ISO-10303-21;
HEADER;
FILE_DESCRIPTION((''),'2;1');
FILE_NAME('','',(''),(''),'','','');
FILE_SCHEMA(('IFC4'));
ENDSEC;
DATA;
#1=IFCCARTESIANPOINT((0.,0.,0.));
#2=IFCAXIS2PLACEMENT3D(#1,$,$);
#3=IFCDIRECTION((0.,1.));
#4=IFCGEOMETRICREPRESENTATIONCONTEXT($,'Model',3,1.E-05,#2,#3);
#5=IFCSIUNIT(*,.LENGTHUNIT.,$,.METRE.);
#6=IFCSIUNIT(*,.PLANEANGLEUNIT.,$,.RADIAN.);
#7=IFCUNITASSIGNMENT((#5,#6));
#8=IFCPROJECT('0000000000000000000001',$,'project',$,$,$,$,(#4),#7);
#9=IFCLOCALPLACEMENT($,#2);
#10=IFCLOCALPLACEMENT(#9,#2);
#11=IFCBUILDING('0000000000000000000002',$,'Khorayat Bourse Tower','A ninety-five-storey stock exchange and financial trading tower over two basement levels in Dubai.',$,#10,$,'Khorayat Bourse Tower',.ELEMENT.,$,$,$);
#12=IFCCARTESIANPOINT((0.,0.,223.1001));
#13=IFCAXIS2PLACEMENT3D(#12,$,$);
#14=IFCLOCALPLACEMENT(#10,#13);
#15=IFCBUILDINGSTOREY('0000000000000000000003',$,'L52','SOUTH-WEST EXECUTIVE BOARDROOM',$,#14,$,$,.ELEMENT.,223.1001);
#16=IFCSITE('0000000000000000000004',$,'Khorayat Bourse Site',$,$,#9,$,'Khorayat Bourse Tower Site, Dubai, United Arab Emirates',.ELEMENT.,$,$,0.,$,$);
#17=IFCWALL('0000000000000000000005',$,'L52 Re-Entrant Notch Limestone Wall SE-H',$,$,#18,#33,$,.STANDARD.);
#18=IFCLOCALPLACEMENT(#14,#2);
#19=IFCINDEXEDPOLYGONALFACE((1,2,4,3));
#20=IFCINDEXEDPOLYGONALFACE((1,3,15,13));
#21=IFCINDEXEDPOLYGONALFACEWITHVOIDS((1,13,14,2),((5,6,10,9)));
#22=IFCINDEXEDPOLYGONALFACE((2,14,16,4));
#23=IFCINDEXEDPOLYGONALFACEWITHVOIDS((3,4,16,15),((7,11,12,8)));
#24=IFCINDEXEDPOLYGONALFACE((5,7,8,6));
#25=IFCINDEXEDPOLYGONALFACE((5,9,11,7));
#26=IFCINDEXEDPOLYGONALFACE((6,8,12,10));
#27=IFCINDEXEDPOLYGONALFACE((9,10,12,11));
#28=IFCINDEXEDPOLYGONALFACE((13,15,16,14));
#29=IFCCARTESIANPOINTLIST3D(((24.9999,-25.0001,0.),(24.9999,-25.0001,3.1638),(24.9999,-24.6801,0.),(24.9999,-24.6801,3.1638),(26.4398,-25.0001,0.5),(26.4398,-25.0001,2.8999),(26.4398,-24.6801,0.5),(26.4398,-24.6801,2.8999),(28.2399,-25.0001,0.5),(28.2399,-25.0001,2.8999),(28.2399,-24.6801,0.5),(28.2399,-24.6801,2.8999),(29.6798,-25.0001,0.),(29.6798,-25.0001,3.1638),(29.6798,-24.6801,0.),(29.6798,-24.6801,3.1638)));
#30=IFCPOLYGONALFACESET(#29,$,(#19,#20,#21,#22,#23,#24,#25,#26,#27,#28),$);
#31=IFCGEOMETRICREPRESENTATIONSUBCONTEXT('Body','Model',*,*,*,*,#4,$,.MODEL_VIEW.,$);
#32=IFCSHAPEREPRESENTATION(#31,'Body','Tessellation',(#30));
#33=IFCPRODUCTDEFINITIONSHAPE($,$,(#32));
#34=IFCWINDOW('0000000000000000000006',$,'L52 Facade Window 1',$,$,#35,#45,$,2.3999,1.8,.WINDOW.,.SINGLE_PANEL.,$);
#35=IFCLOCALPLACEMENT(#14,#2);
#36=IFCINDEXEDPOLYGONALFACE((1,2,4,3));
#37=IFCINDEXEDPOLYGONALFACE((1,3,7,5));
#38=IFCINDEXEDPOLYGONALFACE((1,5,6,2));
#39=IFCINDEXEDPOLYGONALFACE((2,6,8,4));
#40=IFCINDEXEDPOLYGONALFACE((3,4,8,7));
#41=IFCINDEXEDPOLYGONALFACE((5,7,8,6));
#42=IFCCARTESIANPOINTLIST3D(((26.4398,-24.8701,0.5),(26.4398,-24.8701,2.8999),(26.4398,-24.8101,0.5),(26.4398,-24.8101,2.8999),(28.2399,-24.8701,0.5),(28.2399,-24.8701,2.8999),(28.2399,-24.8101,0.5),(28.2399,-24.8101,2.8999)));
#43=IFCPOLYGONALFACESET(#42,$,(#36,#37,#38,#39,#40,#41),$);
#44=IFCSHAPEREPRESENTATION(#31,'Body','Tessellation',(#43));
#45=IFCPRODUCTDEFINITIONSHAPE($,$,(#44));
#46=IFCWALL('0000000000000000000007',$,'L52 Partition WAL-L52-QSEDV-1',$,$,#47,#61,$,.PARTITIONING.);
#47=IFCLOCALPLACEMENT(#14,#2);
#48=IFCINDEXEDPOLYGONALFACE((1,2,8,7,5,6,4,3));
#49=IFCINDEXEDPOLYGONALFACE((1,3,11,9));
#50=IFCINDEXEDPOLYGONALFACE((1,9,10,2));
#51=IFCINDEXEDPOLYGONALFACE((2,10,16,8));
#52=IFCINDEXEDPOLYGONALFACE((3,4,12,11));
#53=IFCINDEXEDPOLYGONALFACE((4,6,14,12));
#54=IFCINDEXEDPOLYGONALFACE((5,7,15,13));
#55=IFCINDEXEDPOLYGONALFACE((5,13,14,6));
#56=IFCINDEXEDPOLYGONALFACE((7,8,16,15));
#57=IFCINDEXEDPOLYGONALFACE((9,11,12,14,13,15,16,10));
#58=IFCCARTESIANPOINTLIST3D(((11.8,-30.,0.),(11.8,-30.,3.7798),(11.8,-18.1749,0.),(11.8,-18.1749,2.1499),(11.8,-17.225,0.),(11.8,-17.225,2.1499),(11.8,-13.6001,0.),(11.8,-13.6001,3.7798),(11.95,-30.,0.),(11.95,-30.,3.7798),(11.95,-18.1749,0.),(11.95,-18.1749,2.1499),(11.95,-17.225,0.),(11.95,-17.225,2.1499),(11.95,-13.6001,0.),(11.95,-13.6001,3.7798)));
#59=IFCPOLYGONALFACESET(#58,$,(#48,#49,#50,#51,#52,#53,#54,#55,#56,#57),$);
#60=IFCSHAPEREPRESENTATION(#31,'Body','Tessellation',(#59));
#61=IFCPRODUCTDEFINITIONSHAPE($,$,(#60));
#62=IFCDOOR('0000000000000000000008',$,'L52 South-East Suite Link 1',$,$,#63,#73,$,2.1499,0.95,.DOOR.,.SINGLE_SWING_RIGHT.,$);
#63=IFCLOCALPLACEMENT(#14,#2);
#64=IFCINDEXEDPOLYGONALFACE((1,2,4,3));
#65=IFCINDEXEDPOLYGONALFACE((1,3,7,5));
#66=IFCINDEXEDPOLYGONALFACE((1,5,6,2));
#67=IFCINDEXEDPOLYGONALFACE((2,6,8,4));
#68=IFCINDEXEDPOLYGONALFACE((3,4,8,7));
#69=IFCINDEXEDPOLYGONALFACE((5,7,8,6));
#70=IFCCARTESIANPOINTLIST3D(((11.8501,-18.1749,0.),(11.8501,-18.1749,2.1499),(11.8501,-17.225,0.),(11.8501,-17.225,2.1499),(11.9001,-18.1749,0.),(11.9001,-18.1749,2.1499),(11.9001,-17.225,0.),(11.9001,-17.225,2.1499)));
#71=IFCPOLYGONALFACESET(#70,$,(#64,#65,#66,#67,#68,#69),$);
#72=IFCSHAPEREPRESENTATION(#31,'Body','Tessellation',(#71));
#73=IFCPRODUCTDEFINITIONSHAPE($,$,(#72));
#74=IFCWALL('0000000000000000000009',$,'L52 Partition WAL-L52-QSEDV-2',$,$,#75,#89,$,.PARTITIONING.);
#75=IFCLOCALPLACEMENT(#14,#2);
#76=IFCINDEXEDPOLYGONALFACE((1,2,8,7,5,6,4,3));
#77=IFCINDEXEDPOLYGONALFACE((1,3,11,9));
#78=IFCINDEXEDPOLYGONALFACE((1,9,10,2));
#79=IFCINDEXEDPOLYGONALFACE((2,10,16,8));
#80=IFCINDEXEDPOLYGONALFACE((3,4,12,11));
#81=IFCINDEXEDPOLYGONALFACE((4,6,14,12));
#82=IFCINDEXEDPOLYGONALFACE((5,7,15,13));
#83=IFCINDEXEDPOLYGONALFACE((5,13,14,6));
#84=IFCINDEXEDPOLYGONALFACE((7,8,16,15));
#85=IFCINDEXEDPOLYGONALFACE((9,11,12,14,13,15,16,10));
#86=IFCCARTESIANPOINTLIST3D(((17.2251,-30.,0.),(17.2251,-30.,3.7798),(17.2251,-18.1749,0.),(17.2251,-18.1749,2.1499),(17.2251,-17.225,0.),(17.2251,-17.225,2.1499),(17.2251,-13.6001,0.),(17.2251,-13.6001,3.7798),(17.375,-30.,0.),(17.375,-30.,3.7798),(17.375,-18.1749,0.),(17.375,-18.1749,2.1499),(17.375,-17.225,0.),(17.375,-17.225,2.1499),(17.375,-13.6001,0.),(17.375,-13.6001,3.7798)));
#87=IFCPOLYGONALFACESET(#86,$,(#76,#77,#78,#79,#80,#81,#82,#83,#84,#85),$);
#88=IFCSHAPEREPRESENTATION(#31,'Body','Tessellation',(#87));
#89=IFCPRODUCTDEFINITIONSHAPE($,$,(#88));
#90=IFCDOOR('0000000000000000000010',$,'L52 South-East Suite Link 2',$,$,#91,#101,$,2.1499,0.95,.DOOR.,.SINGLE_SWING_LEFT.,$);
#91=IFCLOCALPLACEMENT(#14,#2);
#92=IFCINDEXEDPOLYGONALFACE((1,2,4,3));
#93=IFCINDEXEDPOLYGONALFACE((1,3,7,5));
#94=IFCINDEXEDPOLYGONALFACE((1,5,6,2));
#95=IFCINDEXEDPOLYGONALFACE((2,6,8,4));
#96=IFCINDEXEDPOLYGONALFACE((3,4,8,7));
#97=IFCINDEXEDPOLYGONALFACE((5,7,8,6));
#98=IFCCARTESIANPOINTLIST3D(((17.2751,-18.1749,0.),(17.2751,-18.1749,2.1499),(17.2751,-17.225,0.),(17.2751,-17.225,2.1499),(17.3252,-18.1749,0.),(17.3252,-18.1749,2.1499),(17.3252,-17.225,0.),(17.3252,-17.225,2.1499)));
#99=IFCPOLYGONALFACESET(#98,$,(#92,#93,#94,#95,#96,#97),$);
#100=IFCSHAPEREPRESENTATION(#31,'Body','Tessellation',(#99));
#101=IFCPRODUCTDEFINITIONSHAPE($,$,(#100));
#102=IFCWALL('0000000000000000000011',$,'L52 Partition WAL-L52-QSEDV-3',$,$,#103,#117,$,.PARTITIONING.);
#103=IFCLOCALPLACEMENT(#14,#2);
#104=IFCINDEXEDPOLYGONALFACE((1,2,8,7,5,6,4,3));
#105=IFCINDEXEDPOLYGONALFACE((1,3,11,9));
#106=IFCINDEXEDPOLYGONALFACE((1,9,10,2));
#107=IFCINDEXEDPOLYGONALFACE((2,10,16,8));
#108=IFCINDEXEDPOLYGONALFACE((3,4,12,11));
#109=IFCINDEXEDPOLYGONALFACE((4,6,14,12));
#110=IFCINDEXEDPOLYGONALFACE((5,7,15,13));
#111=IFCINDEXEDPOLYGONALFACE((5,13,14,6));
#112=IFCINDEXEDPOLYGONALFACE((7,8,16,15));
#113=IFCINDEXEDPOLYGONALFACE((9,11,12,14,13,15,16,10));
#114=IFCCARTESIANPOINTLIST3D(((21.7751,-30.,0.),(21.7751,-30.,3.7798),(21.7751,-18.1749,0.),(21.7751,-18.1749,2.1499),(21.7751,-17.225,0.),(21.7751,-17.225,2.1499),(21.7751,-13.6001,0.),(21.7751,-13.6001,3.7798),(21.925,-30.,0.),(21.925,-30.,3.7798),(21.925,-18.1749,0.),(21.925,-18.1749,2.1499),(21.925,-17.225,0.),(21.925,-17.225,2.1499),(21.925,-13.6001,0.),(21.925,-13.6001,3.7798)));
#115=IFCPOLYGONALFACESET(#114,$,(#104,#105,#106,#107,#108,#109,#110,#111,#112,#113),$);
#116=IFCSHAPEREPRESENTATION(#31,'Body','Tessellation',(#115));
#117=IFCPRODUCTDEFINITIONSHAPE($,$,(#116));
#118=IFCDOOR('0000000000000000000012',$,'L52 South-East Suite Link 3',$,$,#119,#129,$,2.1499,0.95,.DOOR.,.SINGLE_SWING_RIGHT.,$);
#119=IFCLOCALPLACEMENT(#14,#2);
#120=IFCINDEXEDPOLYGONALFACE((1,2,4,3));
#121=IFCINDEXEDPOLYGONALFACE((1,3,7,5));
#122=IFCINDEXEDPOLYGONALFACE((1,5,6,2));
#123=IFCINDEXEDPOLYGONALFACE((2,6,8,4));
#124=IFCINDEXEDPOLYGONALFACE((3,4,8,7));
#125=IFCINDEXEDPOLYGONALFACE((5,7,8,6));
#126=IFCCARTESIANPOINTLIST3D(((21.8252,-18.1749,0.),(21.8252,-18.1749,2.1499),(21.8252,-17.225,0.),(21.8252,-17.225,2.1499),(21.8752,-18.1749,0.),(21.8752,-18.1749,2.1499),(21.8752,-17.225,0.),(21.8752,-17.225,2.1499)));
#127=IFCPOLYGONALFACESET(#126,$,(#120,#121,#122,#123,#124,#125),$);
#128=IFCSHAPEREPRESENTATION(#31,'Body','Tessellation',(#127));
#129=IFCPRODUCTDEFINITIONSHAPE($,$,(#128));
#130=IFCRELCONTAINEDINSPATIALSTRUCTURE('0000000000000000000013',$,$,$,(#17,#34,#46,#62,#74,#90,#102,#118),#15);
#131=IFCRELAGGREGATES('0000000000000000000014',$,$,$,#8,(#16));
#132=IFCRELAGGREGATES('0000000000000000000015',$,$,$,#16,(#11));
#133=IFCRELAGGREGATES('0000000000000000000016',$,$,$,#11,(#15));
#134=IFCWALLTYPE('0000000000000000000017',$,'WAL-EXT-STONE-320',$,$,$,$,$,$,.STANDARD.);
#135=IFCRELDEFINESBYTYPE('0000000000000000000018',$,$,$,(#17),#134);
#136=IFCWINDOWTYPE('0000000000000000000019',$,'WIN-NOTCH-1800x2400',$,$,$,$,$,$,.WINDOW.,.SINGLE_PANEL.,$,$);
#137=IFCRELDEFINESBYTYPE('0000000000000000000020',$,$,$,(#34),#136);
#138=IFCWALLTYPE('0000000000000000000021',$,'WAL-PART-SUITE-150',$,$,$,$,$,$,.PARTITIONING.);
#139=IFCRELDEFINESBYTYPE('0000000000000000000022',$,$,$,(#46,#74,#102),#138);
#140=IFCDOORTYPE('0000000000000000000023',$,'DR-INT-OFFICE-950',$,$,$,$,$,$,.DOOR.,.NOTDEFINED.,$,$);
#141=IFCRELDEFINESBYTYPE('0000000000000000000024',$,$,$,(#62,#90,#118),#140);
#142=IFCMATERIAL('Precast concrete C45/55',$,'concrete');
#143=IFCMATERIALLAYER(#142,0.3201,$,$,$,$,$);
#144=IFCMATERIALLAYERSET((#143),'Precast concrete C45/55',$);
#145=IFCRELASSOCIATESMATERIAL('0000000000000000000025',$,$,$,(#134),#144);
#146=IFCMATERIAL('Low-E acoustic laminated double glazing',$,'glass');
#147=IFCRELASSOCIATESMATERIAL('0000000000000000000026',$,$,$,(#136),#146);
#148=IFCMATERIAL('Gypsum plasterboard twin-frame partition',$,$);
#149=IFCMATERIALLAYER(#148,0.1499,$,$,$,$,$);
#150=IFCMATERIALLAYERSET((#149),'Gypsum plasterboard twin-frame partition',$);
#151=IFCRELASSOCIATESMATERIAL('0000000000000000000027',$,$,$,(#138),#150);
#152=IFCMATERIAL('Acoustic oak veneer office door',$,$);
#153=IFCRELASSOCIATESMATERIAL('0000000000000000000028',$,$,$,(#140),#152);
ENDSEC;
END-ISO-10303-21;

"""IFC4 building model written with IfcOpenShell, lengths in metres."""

from ifc_helpers import new_model, si_unit, direction, frame, frame_2d, origin, place, context, subcontext, project, spatial, rectangle, extrude, source, transform, mapped, material, layer, layer_set, type_object, element, fill, save


model = new_model("IFC4")

# Units and contexts
model_context = context("Model", 3, precision=1e-05, world=origin(), true_north=direction((0.0, 1.0)))
body_context = subcontext(model_context, "Body", "Model", "MODEL_VIEW")
ifc_project = project(units=[si_unit("LENGTHUNIT", "METRE"), si_unit("PLANEANGLEUNIT", "RADIAN")], contexts=[model_context])

# Site, building, storey
site_placement = place(None, origin())
site = spatial("IfcSite", under=ifc_project, at=site_placement, Name="Khorayat Bourse Site", LongName="Khorayat Bourse Tower Site, Dubai, United Arab Emirates", CompositionType="ELEMENT", RefElevation=0.0)
building_placement = place(site_placement, origin())
building = spatial("IfcBuilding", under=site, at=building_placement, Name="Khorayat Bourse Tower", Description="A ninety-five-storey stock exchange and financial trading tower over two basement levels in Dubai.", LongName="Khorayat Bourse Tower", CompositionType="ELEMENT")
storey_placement = place(building_placement, frame((0.0, 0.0, 223.1001)))
storey = spatial("IfcBuildingStorey", under=building, at=storey_placement, Name="L52", Description="SOUTH-WEST EXECUTIVE BOARDROOM", CompositionType="ELEMENT", Elevation=223.1001)

# Wall, opening, window
ifc_material_1 = material(Name="Precast concrete C45/55", Category="concrete")
ifc_layer_1 = layer(ifc_material_1, 0.3201)
ifc_layer_set_1 = layer_set([ifc_layer_1], Name="Precast concrete C45/55")
wall_type_1 = type_object("IfcWallType", Name="WAL-EXT-STONE-320", PredefinedType="STANDARD", material=ifc_layer_set_1)
shared_shape_1 = source(origin(), body_context, "Body", "SweptSolid", [
    extrude(rectangle(XDim=4.6799, YDim=0.3201, at=frame_2d((2.3398, 0.0))), origin(), (0.0, 0.0, 1.0), 3.1638),
])
shared_shape_2 = source(origin(), body_context, "Body", "SweptSolid", [
    extrude(rectangle(XDim=1.8, YDim=2.3999, at=frame_2d((0.8999, 1.2))), frame((0.0, 0.1699, 0.0), z_axis=(0.0, -1.0, 0.0), x_axis=(1.0, 0.0, 0.0)), (0.0, 0.0, 1.0), 0.3401),
])
ifc_material_2 = material(Name="Low-E acoustic laminated double glazing", Category="glass")
window_type = type_object("IfcWindowType", Name="WIN-NOTCH-1800x2400", PartitioningType="SINGLE_PANEL", PredefinedType="WINDOW", material=ifc_material_2)
shared_shape_3 = source(origin(), body_context, "Body", "SweptSolid", [
    extrude(rectangle(XDim=1.8, YDim=2.3999, at=frame_2d((0.8999, 1.2))), frame((0.0, 0.03, 0.0), z_axis=(0.0, -1.0, 0.0), x_axis=(1.0, 0.0, 0.0)), (0.0, 0.0, 1.0), 0.0601),
])
wall_1_placement = place(storey_placement, frame((25.0, -24.8401, 0.0), z_axis=(0.0, 0.0, 1.0), x_axis=(1.0, 0.0, 0.0)))
wall_1 = element("IfcWall", 1, at=wall_1_placement, inside=storey, type_object=wall_type_1, Name="L52 Re-Entrant Notch Limestone Wall SE-H", PredefinedType="STANDARD", context=body_context, shape_type="MappedRepresentation", body=[
    mapped(shared_shape_1, transform((0.0, 0.0, 0.0), scale=1.0)),
])
opening_1_placement = place(wall_1_placement, frame((1.4399, 0.0, 0.5)))
opening_1 = element("IfcOpeningElement", 2, at=opening_1_placement, cuts=wall_1, PredefinedType="OPENING", context=body_context, shape_type="MappedRepresentation", body=[
    mapped(shared_shape_2, transform((0.0, 0.0, 0.0), scale=1.0)),
])
window_1_placement = place(opening_1_placement, origin())
window_1 = element("IfcWindow", 3, at=window_1_placement, inside=storey, type_object=window_type, Name="L52 Facade Window 1", OverallHeight=2.3999, OverallWidth=1.8, PartitioningType="SINGLE_PANEL", PredefinedType="WINDOW", context=body_context, shape_type="MappedRepresentation", body=[
    mapped(shared_shape_3, transform((0.0, 0.0, 0.0), scale=1.0)),
])
fill(opening_1, window_1)

# Walls, openings, doors
ifc_material_3 = material(Name="Gypsum plasterboard twin-frame partition")
ifc_layer_2 = layer(ifc_material_3, 0.1499)
ifc_layer_set_2 = layer_set([ifc_layer_2], Name="Gypsum plasterboard twin-frame partition")
wall_type_2 = type_object("IfcWallType", Name="WAL-PART-SUITE-150", PredefinedType="PARTITIONING", material=ifc_layer_set_2)
shared_shape_4 = source(origin(), body_context, "Body", "SweptSolid", [
    extrude(rectangle(XDim=16.3999, YDim=0.1499, at=frame_2d((8.2, 0.0))), origin(), (0.0, 0.0, 1.0), 3.7798),
])
wall_2_placement = place(storey_placement, frame((11.875, -30.0, 0.0), z_axis=(0.0, 0.0, 1.0), x_axis=(0.0, 1.0, 0.0)))
wall_2 = element("IfcWall", 4, at=wall_2_placement, inside=storey, type_object=wall_type_2, Name="L52 Partition WAL-L52-QSEDV-1", PredefinedType="PARTITIONING", context=body_context, shape_type="MappedRepresentation", body=[
    mapped(shared_shape_4, transform((0.0, 0.0, 0.0), scale=1.0)),
])
shared_shape_5 = source(origin(), body_context, "Body", "SweptSolid", [
    extrude(rectangle(XDim=0.95, YDim=2.1499, at=frame_2d((0.4751, 1.075))), frame((0.0, 0.085, 0.0), z_axis=(0.0, -1.0, 0.0), x_axis=(1.0, 0.0, 0.0)), (0.0, 0.0, 1.0), 0.1699),
])
opening_2_placement = place(wall_2_placement, frame((11.825, 0.0, 0.0)))
opening_2 = element("IfcOpeningElement", 5, at=opening_2_placement, cuts=wall_2, PredefinedType="OPENING", context=body_context, shape_type="MappedRepresentation", body=[
    mapped(shared_shape_5, transform((0.0, 0.0, 0.0), scale=1.0)),
])
ifc_material_4 = material(Name="Acoustic oak veneer office door")
door_type = type_object("IfcDoorType", Name="DR-INT-OFFICE-950", OperationType="NOTDEFINED", PredefinedType="DOOR", material=ifc_material_4)
shared_shape_6 = source(origin(), body_context, "Body", "SweptSolid", [
    extrude(rectangle(XDim=0.95, YDim=2.1499, at=frame_2d((0.4751, 1.075))), frame((0.0, 0.0249, 0.0), z_axis=(0.0, -1.0, 0.0), x_axis=(1.0, 0.0, 0.0)), (0.0, 0.0, 1.0), 0.05),
])
door_1_placement = place(opening_2_placement, origin())
door_1 = element("IfcDoor", 6, at=door_1_placement, inside=storey, type_object=door_type, Name="L52 South-East Suite Link 1", OperationType="SINGLE_SWING_RIGHT", OverallHeight=2.1499, OverallWidth=0.95, PredefinedType="DOOR", context=body_context, shape_type="MappedRepresentation", body=[
    mapped(shared_shape_6, transform((0.0, 0.0, 0.0), scale=1.0)),
])
fill(opening_2, door_1)
wall_3_placement = place(storey_placement, frame((17.3, -30.0, 0.0), z_axis=(0.0, 0.0, 1.0), x_axis=(0.0, 1.0, 0.0)))
wall_3 = element("IfcWall", 7, at=wall_3_placement, inside=storey, type_object=wall_type_2, Name="L52 Partition WAL-L52-QSEDV-2", PredefinedType="PARTITIONING", context=body_context, shape_type="MappedRepresentation", body=[
    mapped(shared_shape_4, transform((0.0, 0.0, 0.0), scale=1.0)),
])
opening_3_placement = place(wall_3_placement, frame((11.825, 0.0, 0.0)))
opening_3 = element("IfcOpeningElement", 8, at=opening_3_placement, cuts=wall_3, PredefinedType="OPENING", context=body_context, shape_type="MappedRepresentation", body=[
    mapped(shared_shape_5, transform((0.0, 0.0, 0.0), scale=1.0)),
])
door_2_placement = place(opening_3_placement, origin())
door_2 = element("IfcDoor", 9, at=door_2_placement, inside=storey, type_object=door_type, Name="L52 South-East Suite Link 2", OperationType="SINGLE_SWING_LEFT", OverallHeight=2.1499, OverallWidth=0.95, PredefinedType="DOOR", context=body_context, shape_type="MappedRepresentation", body=[
    mapped(shared_shape_6, transform((0.0, 0.0, 0.0), scale=1.0)),
])
fill(opening_3, door_2)
wall_4_placement = place(storey_placement, frame((21.8501, -30.0, 0.0), z_axis=(0.0, 0.0, 1.0), x_axis=(0.0, 1.0, 0.0)))
wall_4 = element("IfcWall", 10, at=wall_4_placement, inside=storey, type_object=wall_type_2, Name="L52 Partition WAL-L52-QSEDV-3", PredefinedType="PARTITIONING", context=body_context, shape_type="MappedRepresentation", body=[
    mapped(shared_shape_4, transform((0.0, 0.0, 0.0), scale=1.0)),
])
opening_4_placement = place(wall_4_placement, frame((11.825, 0.0, 0.0)))
opening_4 = element("IfcOpeningElement", 11, at=opening_4_placement, cuts=wall_4, PredefinedType="OPENING", context=body_context, shape_type="MappedRepresentation", body=[
    mapped(shared_shape_5, transform((0.0, 0.0, 0.0), scale=1.0)),
])
door_3_placement = place(opening_4_placement, origin())
door_3 = element("IfcDoor", 12, at=door_3_placement, inside=storey, type_object=door_type, Name="L52 South-East Suite Link 3", OperationType="SINGLE_SWING_RIGHT", OverallHeight=2.1499, OverallWidth=0.95, PredefinedType="DOOR", context=body_context, shape_type="MappedRepresentation", body=[
    mapped(shared_shape_6, transform((0.0, 0.0, 0.0), scale=1.0)),
])
fill(opening_4, door_3)

save(model, "model.ifc")
